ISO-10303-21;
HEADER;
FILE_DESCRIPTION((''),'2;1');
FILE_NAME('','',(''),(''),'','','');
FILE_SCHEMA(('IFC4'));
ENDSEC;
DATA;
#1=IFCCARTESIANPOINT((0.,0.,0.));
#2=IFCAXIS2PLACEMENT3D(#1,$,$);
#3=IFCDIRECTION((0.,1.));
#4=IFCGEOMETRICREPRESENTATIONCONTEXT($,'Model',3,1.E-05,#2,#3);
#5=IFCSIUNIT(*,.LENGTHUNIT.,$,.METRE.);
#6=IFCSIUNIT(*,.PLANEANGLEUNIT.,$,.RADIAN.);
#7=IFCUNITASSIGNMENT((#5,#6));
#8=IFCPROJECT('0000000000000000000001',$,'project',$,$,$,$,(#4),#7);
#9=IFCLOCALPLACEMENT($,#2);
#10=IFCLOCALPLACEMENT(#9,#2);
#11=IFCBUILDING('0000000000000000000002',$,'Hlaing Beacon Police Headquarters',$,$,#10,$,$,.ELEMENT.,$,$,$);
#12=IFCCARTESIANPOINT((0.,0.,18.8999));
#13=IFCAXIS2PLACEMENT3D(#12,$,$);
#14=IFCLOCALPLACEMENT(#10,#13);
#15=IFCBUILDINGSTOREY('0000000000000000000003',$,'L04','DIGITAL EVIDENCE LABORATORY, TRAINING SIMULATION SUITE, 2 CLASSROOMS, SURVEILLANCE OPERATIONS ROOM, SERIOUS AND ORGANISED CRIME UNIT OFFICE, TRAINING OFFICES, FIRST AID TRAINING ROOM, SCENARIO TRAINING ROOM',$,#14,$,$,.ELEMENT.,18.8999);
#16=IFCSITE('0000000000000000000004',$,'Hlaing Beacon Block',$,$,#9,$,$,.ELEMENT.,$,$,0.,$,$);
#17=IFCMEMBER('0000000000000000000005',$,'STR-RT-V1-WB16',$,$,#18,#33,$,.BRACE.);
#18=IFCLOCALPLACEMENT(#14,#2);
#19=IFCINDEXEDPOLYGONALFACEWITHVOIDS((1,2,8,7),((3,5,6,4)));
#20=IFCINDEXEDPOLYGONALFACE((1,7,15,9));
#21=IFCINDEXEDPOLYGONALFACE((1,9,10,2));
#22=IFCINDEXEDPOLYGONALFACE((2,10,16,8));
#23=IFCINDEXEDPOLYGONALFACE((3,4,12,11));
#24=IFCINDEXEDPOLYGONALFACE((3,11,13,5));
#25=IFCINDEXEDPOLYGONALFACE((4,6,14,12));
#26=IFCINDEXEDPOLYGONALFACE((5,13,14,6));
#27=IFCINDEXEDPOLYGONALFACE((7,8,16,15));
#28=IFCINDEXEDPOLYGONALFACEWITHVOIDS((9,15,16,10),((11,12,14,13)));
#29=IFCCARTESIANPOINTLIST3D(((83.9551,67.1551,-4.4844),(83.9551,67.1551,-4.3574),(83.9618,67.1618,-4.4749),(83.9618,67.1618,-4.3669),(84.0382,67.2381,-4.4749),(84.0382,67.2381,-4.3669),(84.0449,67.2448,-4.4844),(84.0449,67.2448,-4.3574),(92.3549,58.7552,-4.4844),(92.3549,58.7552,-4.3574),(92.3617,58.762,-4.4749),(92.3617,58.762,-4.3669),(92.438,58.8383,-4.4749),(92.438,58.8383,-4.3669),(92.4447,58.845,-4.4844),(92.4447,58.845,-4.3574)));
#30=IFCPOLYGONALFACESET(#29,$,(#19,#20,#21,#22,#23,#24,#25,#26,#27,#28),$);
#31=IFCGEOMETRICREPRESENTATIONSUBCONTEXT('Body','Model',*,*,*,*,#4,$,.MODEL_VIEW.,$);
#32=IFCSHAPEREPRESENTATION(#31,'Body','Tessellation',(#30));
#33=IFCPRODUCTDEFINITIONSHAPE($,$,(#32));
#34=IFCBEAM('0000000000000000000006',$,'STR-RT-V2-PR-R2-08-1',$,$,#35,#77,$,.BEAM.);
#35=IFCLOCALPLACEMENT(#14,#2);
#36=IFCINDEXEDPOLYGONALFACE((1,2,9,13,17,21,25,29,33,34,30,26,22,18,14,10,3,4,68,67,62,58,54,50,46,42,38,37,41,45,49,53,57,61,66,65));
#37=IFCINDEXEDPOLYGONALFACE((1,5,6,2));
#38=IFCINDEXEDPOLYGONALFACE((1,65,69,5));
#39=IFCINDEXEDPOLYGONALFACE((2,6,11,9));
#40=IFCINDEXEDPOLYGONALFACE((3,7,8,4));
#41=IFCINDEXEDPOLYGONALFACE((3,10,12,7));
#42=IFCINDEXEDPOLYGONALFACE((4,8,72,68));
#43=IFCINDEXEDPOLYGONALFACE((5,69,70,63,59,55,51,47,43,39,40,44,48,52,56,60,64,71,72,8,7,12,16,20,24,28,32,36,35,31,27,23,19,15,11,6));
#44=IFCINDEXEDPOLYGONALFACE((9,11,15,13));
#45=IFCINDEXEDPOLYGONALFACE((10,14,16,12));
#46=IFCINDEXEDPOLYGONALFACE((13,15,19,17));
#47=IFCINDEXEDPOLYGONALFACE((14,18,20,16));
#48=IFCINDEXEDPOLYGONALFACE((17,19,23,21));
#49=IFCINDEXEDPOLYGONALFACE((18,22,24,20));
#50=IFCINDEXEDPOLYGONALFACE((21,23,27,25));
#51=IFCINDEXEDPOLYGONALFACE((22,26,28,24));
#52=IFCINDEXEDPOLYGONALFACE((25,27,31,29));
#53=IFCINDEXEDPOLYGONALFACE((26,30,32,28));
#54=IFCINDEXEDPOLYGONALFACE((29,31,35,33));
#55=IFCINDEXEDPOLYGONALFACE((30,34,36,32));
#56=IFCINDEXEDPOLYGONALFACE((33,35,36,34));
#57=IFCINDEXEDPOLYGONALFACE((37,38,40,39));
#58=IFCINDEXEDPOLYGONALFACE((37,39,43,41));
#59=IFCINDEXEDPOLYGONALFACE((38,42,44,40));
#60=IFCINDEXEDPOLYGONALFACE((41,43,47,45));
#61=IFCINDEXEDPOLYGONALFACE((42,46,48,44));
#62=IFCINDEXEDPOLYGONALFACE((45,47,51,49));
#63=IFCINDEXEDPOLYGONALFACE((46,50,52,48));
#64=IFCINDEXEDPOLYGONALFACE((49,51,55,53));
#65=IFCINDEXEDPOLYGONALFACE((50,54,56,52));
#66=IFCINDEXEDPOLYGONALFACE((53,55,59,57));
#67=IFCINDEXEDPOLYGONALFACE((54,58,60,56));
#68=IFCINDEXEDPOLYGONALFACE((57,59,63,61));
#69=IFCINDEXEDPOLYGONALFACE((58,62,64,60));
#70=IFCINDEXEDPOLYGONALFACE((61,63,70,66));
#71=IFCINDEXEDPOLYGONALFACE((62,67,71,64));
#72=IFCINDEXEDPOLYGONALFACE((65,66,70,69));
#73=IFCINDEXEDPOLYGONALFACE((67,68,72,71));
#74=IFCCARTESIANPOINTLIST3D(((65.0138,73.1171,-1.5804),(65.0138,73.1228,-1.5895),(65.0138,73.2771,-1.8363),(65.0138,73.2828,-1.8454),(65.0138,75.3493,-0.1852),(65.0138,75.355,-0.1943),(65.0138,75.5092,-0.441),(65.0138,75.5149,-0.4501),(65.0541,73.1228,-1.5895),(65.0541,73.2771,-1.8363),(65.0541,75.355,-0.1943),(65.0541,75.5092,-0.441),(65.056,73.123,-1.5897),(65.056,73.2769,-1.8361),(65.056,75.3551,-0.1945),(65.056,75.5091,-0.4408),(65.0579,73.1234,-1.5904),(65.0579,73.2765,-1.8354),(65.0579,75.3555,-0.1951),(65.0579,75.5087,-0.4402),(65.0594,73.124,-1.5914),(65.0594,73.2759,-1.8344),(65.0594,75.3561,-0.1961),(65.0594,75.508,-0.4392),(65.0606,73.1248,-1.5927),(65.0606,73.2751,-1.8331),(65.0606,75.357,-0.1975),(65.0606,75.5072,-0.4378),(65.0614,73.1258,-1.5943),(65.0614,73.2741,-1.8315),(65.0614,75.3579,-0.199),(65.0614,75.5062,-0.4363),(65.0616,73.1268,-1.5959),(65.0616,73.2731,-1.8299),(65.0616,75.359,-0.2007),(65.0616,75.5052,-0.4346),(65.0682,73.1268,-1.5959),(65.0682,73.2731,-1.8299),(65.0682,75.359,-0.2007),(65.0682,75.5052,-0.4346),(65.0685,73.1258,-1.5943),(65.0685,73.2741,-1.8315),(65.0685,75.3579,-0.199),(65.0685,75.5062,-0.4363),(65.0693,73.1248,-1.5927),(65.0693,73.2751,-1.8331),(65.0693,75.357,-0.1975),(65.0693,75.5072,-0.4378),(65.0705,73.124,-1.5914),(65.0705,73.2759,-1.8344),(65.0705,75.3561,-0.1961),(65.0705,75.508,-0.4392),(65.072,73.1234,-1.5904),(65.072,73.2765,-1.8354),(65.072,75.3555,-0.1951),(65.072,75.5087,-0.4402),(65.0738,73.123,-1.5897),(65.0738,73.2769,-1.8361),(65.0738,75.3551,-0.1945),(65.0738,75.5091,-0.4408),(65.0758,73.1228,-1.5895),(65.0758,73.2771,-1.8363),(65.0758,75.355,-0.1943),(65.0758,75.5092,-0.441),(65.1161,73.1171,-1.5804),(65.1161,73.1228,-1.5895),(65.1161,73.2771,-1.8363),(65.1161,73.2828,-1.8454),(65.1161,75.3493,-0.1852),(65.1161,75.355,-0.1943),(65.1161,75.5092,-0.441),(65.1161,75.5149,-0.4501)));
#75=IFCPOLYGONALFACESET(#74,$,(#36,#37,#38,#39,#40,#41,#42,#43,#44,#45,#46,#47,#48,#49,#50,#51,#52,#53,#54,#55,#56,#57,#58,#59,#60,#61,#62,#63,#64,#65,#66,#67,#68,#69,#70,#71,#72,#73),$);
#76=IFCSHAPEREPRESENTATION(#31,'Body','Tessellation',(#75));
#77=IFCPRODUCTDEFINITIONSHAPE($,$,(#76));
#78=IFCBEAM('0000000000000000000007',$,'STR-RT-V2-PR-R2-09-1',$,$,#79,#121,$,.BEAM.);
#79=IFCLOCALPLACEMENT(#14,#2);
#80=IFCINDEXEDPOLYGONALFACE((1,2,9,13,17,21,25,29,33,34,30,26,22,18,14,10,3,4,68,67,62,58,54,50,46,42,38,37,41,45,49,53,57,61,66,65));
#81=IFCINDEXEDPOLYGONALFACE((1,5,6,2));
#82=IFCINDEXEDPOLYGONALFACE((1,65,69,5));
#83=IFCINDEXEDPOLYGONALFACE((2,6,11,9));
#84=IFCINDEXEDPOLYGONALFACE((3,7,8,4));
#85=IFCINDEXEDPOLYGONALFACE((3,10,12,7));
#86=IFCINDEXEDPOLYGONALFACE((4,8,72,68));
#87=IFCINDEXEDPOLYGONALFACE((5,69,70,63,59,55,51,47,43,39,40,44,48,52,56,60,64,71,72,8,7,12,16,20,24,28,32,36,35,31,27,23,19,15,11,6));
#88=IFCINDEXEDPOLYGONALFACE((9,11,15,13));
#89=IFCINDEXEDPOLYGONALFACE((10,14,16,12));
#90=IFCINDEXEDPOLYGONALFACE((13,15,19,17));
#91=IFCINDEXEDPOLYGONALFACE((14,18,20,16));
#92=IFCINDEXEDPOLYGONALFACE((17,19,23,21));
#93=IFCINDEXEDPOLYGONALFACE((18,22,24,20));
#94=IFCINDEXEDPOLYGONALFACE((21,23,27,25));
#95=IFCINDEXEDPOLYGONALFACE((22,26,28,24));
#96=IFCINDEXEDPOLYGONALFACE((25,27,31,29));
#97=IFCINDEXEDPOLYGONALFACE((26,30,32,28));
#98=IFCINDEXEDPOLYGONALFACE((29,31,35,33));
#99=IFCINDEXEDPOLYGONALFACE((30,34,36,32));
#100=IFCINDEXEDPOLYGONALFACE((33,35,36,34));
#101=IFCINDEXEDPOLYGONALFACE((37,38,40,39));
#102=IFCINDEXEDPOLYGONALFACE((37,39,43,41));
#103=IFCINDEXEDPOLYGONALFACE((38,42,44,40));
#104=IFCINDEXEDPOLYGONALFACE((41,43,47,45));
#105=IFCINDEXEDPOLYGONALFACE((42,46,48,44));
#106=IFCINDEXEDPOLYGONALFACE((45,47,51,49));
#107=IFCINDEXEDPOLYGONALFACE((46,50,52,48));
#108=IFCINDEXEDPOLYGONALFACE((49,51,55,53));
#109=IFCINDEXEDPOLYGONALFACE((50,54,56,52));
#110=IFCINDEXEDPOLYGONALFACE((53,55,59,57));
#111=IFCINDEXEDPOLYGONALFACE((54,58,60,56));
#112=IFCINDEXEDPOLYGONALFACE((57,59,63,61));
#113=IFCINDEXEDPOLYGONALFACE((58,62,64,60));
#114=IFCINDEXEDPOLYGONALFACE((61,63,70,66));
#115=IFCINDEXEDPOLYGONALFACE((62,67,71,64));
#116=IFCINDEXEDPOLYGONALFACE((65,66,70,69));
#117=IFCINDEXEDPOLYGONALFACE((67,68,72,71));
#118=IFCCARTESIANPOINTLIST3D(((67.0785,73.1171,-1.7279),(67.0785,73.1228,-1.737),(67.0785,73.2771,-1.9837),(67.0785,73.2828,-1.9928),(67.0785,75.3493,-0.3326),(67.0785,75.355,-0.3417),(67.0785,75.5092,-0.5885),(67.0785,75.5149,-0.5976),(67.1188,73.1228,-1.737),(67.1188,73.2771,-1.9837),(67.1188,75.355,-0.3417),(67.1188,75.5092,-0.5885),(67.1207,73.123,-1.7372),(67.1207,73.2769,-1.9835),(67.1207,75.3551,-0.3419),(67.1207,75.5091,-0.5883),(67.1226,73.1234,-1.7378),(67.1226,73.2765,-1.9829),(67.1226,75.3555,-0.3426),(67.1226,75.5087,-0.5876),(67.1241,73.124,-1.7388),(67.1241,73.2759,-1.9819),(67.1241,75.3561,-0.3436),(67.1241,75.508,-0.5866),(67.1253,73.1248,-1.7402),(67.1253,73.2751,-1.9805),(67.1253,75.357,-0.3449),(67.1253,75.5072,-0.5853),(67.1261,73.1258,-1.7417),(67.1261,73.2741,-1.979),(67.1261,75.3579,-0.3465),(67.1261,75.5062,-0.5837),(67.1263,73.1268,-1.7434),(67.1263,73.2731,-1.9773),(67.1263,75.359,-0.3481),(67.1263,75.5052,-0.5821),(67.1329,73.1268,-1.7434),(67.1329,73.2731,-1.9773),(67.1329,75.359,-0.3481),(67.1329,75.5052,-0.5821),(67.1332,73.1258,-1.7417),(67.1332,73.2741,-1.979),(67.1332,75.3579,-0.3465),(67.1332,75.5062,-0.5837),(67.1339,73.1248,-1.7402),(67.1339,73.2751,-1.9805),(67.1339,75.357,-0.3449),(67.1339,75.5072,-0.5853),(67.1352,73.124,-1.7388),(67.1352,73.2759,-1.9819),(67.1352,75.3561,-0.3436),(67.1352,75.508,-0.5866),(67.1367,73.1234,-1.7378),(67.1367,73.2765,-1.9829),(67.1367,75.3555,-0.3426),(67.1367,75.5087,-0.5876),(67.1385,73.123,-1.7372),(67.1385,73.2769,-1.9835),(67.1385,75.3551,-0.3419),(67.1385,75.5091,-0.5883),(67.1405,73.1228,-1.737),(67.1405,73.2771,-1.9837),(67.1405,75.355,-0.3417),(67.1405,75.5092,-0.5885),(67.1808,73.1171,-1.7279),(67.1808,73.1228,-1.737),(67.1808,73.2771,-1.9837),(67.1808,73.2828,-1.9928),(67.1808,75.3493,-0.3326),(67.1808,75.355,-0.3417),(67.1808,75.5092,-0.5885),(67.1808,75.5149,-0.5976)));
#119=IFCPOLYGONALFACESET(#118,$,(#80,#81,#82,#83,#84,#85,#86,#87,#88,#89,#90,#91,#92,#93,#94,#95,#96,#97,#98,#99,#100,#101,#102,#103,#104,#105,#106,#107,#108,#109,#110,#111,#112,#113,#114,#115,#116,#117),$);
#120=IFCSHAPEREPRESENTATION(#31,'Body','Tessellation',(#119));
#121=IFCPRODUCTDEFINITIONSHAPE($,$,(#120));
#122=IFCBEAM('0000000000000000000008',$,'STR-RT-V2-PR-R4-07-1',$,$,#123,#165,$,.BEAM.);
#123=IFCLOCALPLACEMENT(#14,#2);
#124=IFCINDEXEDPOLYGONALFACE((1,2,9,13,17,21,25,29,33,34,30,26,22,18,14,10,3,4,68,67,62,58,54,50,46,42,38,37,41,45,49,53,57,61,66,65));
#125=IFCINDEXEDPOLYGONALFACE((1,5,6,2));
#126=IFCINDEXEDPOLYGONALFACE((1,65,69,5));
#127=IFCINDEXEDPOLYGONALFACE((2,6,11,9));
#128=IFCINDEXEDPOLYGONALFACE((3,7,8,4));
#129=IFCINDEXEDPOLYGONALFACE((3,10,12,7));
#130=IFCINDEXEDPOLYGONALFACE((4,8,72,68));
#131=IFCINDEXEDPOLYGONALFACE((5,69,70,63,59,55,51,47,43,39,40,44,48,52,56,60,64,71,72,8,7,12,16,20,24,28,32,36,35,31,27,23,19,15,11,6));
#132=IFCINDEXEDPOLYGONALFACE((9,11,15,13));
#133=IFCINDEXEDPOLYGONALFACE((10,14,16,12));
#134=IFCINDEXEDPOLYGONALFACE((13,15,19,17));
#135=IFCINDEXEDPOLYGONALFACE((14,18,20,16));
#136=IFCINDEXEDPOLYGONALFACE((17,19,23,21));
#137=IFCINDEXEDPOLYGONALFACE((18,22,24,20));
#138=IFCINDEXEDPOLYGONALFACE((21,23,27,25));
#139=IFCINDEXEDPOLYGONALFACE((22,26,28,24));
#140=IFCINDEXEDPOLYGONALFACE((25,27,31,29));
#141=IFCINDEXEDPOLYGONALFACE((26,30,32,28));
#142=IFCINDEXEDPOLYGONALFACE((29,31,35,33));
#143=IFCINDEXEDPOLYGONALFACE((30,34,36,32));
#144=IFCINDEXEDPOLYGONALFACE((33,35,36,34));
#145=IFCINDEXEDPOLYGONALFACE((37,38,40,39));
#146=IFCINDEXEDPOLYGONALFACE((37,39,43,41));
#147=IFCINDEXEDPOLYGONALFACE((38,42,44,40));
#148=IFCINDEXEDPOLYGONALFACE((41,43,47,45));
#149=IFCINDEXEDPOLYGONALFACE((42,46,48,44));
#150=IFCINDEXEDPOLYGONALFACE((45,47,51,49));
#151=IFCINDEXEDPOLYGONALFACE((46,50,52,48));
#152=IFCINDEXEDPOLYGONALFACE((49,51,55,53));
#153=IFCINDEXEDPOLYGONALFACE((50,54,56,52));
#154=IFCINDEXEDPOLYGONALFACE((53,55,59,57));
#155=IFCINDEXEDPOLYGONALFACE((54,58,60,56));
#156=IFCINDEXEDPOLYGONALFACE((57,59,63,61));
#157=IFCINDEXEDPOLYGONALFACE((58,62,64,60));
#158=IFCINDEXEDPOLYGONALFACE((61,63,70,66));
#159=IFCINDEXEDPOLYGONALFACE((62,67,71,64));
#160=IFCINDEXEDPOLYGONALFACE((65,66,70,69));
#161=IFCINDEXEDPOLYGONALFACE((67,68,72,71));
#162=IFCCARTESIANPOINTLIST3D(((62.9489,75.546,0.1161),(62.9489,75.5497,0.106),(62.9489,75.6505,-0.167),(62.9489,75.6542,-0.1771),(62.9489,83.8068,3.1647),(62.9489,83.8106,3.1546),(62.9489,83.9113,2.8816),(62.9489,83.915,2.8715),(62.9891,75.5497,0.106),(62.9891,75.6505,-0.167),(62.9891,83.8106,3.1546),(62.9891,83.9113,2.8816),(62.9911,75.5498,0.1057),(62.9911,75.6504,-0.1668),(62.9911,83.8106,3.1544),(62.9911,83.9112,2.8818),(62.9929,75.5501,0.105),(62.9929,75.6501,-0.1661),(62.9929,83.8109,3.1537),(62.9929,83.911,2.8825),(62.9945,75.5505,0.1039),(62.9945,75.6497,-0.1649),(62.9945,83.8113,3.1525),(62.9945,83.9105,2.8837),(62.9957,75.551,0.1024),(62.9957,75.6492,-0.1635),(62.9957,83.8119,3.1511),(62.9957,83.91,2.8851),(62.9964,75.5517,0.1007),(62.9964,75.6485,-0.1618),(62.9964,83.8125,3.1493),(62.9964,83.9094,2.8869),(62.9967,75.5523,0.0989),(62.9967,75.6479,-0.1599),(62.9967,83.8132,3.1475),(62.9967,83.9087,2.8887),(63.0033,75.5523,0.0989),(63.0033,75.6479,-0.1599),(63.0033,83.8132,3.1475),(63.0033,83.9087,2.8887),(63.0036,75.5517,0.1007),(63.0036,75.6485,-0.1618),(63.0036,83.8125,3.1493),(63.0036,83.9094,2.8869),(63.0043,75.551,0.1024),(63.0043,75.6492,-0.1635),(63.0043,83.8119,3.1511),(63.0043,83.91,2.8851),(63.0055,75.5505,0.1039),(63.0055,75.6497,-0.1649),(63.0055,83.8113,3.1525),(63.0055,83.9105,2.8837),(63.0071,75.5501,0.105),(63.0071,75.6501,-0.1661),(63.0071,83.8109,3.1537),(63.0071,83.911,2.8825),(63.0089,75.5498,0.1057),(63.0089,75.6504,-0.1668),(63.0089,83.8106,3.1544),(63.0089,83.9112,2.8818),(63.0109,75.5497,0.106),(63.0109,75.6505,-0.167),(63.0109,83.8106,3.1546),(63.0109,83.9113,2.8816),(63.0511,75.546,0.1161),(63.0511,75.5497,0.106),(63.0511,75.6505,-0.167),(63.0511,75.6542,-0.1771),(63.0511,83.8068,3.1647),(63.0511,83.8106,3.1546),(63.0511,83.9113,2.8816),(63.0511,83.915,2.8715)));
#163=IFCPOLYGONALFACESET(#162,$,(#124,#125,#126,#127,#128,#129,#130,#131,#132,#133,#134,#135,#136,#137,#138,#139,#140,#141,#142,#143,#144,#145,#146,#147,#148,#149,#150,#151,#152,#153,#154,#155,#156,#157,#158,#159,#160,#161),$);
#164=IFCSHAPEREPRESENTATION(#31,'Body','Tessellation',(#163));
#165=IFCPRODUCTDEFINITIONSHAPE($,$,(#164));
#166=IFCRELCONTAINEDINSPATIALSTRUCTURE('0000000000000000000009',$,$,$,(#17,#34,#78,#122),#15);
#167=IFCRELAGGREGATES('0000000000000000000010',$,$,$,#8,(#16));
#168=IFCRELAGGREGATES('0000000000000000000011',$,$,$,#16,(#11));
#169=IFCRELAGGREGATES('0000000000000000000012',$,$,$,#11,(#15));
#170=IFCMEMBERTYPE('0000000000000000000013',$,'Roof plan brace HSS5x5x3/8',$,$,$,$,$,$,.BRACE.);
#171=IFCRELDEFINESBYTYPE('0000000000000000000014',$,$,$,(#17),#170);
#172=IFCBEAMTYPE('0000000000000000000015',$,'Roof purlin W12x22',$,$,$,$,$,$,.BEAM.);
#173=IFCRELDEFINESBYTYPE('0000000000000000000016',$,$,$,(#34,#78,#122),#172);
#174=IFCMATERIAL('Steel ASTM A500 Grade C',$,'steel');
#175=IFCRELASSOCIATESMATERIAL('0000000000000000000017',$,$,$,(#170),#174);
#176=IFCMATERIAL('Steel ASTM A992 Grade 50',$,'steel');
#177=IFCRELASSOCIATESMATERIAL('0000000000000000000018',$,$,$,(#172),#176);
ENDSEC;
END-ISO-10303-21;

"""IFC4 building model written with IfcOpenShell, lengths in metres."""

from ifc_helpers import new_model, si_unit, direction, frame, origin, origin_2d, place, context, subcontext, project, spatial, hollow_rectangle, i_section, extrude, material, material_profile, profile_set, type_object, element, save


model = new_model("IFC4")

# Units and contexts
model_context = context("Model", 3, precision=1e-05, world=origin(), true_north=direction((0.0, 1.0)))
body_context = subcontext(model_context, "Body", "Model", "MODEL_VIEW")
ifc_project = project(units=[si_unit("LENGTHUNIT", "METRE"), si_unit("PLANEANGLEUNIT", "RADIAN")], contexts=[model_context])

# Site, building, storey
site_placement = place(None, origin())
site = spatial("IfcSite", under=ifc_project, at=site_placement, Name="Hlaing Beacon Block", CompositionType="ELEMENT", RefElevation=0.0)
building_placement = place(site_placement, origin())
building = spatial("IfcBuilding", under=site, at=building_placement, Name="Hlaing Beacon Police Headquarters", CompositionType="ELEMENT")
storey_placement = place(building_placement, frame((0.0, 0.0, 18.8999)))
storey = spatial("IfcBuildingStorey", under=building, at=storey_placement, Name="L04", Description="DIGITAL EVIDENCE LABORATORY, TRAINING SIMULATION SUITE, 2 CLASSROOMS, SURVEILLANCE OPERATIONS ROOM, SERIOUS AND ORGANISED CRIME UNIT OFFICE, TRAINING OFFICES, FIRST AID TRAINING ROOM, SCENARIO TRAINING ROOM", CompositionType="ELEMENT", Elevation=18.8999)

# Member
ifc_material_1 = material(Name="Steel ASTM A500 Grade C", Category="steel")
ifc_material_profile_1 = material_profile(ifc_material_1, hollow_rectangle(XDim=0.127, YDim=0.127, WallThickness=0.0095, at=origin_2d()), Name="HSS5x5x3/8")
ifc_profile_set_1 = profile_set([ifc_material_profile_1], Name="Steel ASTM A500 Grade C")
member_type_1 = type_object("IfcMemberType", Name="Roof plan brace HSS5x5x3/8", PredefinedType="BRACE", material=ifc_profile_set_1)
member_1_placement = place(storey_placement, frame((84.0, 67.2, -4.4209), z_axis=(0.707107, -0.707107, 0.0), x_axis=(0.707107, 0.707107, 0.0)))
element("IfcMember", 1, at=member_1_placement, inside=storey, type_object=member_type_1, Name="STR-RT-V1-WB16", PredefinedType="BRACE", context=body_context, shape_type="SweptSolid", body=[
    extrude(hollow_rectangle(XDim=0.127, YDim=0.127, WallThickness=0.0095, at=origin_2d()), origin(), (0.0, 0.0, 1.0), 11.8792),
])

# Beams
ifc_material_2 = material(Name="Steel ASTM A992 Grade 50", Category="steel")
ifc_material_profile_2 = material_profile(ifc_material_2, i_section(OverallWidth=0.1023, OverallDepth=0.3125, WebThickness=0.0066, FlangeThickness=0.0107, FilletRadius=0.0076, at=origin_2d()), Name="W12x22")
ifc_profile_set_2 = profile_set([ifc_material_profile_2], Name="Steel ASTM A992 Grade 50")
beam_type_1 = type_object("IfcBeamType", Name="Roof purlin W12x22", PredefinedType="BEAM", material=ifc_profile_set_2)
for number, where, z_axis, x_axis, name in (
    (2, (65.0649, 73.2, -1.7129), (0.0, 0.847972, 0.530041), (-1.0, 0.0, 0.0), "STR-RT-V2-PR-R2-08-1"),
    (3, (67.1296, 73.2, -1.8604), (0.0, 0.847972, 0.530041), (-1.0, 0.0, 0.0), "STR-RT-V2-PR-R2-09-1"),
):
    element("IfcBeam", number, at=place(storey_placement, frame(where, z_axis=z_axis, x_axis=x_axis)), inside=storey, type_object=beam_type_1, Name=name, PredefinedType="BEAM", context=body_context, shape_type="SweptSolid", body=[
        extrude(i_section(OverallWidth=0.1023, OverallDepth=0.3125, WebThickness=0.0066, FlangeThickness=0.0107, FilletRadius=0.0076, at=origin_2d()), origin(), (0.0, 0.0, 1.0), 2.6323),
    ])
for number, where, z_axis, x_axis, name in (
    (4, (63.0, 75.6001, -0.0305), (0.0, 0.938153, 0.346221), (-1.0, 0.0, 0.0), "STR-RT-V2-PR-R4-07-1"),
):
    element("IfcBeam", number, at=place(storey_placement, frame(where, z_axis=z_axis, x_axis=x_axis)), inside=storey, type_object=beam_type_1, Name=name, PredefinedType="BEAM", context=body_context, shape_type="SweptSolid", body=[
        extrude(i_section(OverallWidth=0.1023, OverallDepth=0.3125, WebThickness=0.0066, FlangeThickness=0.0107, FilletRadius=0.0076, at=origin_2d()), origin(), (0.0, 0.0, 1.0), 8.8054),
    ])

save(model, "model.ifc")
